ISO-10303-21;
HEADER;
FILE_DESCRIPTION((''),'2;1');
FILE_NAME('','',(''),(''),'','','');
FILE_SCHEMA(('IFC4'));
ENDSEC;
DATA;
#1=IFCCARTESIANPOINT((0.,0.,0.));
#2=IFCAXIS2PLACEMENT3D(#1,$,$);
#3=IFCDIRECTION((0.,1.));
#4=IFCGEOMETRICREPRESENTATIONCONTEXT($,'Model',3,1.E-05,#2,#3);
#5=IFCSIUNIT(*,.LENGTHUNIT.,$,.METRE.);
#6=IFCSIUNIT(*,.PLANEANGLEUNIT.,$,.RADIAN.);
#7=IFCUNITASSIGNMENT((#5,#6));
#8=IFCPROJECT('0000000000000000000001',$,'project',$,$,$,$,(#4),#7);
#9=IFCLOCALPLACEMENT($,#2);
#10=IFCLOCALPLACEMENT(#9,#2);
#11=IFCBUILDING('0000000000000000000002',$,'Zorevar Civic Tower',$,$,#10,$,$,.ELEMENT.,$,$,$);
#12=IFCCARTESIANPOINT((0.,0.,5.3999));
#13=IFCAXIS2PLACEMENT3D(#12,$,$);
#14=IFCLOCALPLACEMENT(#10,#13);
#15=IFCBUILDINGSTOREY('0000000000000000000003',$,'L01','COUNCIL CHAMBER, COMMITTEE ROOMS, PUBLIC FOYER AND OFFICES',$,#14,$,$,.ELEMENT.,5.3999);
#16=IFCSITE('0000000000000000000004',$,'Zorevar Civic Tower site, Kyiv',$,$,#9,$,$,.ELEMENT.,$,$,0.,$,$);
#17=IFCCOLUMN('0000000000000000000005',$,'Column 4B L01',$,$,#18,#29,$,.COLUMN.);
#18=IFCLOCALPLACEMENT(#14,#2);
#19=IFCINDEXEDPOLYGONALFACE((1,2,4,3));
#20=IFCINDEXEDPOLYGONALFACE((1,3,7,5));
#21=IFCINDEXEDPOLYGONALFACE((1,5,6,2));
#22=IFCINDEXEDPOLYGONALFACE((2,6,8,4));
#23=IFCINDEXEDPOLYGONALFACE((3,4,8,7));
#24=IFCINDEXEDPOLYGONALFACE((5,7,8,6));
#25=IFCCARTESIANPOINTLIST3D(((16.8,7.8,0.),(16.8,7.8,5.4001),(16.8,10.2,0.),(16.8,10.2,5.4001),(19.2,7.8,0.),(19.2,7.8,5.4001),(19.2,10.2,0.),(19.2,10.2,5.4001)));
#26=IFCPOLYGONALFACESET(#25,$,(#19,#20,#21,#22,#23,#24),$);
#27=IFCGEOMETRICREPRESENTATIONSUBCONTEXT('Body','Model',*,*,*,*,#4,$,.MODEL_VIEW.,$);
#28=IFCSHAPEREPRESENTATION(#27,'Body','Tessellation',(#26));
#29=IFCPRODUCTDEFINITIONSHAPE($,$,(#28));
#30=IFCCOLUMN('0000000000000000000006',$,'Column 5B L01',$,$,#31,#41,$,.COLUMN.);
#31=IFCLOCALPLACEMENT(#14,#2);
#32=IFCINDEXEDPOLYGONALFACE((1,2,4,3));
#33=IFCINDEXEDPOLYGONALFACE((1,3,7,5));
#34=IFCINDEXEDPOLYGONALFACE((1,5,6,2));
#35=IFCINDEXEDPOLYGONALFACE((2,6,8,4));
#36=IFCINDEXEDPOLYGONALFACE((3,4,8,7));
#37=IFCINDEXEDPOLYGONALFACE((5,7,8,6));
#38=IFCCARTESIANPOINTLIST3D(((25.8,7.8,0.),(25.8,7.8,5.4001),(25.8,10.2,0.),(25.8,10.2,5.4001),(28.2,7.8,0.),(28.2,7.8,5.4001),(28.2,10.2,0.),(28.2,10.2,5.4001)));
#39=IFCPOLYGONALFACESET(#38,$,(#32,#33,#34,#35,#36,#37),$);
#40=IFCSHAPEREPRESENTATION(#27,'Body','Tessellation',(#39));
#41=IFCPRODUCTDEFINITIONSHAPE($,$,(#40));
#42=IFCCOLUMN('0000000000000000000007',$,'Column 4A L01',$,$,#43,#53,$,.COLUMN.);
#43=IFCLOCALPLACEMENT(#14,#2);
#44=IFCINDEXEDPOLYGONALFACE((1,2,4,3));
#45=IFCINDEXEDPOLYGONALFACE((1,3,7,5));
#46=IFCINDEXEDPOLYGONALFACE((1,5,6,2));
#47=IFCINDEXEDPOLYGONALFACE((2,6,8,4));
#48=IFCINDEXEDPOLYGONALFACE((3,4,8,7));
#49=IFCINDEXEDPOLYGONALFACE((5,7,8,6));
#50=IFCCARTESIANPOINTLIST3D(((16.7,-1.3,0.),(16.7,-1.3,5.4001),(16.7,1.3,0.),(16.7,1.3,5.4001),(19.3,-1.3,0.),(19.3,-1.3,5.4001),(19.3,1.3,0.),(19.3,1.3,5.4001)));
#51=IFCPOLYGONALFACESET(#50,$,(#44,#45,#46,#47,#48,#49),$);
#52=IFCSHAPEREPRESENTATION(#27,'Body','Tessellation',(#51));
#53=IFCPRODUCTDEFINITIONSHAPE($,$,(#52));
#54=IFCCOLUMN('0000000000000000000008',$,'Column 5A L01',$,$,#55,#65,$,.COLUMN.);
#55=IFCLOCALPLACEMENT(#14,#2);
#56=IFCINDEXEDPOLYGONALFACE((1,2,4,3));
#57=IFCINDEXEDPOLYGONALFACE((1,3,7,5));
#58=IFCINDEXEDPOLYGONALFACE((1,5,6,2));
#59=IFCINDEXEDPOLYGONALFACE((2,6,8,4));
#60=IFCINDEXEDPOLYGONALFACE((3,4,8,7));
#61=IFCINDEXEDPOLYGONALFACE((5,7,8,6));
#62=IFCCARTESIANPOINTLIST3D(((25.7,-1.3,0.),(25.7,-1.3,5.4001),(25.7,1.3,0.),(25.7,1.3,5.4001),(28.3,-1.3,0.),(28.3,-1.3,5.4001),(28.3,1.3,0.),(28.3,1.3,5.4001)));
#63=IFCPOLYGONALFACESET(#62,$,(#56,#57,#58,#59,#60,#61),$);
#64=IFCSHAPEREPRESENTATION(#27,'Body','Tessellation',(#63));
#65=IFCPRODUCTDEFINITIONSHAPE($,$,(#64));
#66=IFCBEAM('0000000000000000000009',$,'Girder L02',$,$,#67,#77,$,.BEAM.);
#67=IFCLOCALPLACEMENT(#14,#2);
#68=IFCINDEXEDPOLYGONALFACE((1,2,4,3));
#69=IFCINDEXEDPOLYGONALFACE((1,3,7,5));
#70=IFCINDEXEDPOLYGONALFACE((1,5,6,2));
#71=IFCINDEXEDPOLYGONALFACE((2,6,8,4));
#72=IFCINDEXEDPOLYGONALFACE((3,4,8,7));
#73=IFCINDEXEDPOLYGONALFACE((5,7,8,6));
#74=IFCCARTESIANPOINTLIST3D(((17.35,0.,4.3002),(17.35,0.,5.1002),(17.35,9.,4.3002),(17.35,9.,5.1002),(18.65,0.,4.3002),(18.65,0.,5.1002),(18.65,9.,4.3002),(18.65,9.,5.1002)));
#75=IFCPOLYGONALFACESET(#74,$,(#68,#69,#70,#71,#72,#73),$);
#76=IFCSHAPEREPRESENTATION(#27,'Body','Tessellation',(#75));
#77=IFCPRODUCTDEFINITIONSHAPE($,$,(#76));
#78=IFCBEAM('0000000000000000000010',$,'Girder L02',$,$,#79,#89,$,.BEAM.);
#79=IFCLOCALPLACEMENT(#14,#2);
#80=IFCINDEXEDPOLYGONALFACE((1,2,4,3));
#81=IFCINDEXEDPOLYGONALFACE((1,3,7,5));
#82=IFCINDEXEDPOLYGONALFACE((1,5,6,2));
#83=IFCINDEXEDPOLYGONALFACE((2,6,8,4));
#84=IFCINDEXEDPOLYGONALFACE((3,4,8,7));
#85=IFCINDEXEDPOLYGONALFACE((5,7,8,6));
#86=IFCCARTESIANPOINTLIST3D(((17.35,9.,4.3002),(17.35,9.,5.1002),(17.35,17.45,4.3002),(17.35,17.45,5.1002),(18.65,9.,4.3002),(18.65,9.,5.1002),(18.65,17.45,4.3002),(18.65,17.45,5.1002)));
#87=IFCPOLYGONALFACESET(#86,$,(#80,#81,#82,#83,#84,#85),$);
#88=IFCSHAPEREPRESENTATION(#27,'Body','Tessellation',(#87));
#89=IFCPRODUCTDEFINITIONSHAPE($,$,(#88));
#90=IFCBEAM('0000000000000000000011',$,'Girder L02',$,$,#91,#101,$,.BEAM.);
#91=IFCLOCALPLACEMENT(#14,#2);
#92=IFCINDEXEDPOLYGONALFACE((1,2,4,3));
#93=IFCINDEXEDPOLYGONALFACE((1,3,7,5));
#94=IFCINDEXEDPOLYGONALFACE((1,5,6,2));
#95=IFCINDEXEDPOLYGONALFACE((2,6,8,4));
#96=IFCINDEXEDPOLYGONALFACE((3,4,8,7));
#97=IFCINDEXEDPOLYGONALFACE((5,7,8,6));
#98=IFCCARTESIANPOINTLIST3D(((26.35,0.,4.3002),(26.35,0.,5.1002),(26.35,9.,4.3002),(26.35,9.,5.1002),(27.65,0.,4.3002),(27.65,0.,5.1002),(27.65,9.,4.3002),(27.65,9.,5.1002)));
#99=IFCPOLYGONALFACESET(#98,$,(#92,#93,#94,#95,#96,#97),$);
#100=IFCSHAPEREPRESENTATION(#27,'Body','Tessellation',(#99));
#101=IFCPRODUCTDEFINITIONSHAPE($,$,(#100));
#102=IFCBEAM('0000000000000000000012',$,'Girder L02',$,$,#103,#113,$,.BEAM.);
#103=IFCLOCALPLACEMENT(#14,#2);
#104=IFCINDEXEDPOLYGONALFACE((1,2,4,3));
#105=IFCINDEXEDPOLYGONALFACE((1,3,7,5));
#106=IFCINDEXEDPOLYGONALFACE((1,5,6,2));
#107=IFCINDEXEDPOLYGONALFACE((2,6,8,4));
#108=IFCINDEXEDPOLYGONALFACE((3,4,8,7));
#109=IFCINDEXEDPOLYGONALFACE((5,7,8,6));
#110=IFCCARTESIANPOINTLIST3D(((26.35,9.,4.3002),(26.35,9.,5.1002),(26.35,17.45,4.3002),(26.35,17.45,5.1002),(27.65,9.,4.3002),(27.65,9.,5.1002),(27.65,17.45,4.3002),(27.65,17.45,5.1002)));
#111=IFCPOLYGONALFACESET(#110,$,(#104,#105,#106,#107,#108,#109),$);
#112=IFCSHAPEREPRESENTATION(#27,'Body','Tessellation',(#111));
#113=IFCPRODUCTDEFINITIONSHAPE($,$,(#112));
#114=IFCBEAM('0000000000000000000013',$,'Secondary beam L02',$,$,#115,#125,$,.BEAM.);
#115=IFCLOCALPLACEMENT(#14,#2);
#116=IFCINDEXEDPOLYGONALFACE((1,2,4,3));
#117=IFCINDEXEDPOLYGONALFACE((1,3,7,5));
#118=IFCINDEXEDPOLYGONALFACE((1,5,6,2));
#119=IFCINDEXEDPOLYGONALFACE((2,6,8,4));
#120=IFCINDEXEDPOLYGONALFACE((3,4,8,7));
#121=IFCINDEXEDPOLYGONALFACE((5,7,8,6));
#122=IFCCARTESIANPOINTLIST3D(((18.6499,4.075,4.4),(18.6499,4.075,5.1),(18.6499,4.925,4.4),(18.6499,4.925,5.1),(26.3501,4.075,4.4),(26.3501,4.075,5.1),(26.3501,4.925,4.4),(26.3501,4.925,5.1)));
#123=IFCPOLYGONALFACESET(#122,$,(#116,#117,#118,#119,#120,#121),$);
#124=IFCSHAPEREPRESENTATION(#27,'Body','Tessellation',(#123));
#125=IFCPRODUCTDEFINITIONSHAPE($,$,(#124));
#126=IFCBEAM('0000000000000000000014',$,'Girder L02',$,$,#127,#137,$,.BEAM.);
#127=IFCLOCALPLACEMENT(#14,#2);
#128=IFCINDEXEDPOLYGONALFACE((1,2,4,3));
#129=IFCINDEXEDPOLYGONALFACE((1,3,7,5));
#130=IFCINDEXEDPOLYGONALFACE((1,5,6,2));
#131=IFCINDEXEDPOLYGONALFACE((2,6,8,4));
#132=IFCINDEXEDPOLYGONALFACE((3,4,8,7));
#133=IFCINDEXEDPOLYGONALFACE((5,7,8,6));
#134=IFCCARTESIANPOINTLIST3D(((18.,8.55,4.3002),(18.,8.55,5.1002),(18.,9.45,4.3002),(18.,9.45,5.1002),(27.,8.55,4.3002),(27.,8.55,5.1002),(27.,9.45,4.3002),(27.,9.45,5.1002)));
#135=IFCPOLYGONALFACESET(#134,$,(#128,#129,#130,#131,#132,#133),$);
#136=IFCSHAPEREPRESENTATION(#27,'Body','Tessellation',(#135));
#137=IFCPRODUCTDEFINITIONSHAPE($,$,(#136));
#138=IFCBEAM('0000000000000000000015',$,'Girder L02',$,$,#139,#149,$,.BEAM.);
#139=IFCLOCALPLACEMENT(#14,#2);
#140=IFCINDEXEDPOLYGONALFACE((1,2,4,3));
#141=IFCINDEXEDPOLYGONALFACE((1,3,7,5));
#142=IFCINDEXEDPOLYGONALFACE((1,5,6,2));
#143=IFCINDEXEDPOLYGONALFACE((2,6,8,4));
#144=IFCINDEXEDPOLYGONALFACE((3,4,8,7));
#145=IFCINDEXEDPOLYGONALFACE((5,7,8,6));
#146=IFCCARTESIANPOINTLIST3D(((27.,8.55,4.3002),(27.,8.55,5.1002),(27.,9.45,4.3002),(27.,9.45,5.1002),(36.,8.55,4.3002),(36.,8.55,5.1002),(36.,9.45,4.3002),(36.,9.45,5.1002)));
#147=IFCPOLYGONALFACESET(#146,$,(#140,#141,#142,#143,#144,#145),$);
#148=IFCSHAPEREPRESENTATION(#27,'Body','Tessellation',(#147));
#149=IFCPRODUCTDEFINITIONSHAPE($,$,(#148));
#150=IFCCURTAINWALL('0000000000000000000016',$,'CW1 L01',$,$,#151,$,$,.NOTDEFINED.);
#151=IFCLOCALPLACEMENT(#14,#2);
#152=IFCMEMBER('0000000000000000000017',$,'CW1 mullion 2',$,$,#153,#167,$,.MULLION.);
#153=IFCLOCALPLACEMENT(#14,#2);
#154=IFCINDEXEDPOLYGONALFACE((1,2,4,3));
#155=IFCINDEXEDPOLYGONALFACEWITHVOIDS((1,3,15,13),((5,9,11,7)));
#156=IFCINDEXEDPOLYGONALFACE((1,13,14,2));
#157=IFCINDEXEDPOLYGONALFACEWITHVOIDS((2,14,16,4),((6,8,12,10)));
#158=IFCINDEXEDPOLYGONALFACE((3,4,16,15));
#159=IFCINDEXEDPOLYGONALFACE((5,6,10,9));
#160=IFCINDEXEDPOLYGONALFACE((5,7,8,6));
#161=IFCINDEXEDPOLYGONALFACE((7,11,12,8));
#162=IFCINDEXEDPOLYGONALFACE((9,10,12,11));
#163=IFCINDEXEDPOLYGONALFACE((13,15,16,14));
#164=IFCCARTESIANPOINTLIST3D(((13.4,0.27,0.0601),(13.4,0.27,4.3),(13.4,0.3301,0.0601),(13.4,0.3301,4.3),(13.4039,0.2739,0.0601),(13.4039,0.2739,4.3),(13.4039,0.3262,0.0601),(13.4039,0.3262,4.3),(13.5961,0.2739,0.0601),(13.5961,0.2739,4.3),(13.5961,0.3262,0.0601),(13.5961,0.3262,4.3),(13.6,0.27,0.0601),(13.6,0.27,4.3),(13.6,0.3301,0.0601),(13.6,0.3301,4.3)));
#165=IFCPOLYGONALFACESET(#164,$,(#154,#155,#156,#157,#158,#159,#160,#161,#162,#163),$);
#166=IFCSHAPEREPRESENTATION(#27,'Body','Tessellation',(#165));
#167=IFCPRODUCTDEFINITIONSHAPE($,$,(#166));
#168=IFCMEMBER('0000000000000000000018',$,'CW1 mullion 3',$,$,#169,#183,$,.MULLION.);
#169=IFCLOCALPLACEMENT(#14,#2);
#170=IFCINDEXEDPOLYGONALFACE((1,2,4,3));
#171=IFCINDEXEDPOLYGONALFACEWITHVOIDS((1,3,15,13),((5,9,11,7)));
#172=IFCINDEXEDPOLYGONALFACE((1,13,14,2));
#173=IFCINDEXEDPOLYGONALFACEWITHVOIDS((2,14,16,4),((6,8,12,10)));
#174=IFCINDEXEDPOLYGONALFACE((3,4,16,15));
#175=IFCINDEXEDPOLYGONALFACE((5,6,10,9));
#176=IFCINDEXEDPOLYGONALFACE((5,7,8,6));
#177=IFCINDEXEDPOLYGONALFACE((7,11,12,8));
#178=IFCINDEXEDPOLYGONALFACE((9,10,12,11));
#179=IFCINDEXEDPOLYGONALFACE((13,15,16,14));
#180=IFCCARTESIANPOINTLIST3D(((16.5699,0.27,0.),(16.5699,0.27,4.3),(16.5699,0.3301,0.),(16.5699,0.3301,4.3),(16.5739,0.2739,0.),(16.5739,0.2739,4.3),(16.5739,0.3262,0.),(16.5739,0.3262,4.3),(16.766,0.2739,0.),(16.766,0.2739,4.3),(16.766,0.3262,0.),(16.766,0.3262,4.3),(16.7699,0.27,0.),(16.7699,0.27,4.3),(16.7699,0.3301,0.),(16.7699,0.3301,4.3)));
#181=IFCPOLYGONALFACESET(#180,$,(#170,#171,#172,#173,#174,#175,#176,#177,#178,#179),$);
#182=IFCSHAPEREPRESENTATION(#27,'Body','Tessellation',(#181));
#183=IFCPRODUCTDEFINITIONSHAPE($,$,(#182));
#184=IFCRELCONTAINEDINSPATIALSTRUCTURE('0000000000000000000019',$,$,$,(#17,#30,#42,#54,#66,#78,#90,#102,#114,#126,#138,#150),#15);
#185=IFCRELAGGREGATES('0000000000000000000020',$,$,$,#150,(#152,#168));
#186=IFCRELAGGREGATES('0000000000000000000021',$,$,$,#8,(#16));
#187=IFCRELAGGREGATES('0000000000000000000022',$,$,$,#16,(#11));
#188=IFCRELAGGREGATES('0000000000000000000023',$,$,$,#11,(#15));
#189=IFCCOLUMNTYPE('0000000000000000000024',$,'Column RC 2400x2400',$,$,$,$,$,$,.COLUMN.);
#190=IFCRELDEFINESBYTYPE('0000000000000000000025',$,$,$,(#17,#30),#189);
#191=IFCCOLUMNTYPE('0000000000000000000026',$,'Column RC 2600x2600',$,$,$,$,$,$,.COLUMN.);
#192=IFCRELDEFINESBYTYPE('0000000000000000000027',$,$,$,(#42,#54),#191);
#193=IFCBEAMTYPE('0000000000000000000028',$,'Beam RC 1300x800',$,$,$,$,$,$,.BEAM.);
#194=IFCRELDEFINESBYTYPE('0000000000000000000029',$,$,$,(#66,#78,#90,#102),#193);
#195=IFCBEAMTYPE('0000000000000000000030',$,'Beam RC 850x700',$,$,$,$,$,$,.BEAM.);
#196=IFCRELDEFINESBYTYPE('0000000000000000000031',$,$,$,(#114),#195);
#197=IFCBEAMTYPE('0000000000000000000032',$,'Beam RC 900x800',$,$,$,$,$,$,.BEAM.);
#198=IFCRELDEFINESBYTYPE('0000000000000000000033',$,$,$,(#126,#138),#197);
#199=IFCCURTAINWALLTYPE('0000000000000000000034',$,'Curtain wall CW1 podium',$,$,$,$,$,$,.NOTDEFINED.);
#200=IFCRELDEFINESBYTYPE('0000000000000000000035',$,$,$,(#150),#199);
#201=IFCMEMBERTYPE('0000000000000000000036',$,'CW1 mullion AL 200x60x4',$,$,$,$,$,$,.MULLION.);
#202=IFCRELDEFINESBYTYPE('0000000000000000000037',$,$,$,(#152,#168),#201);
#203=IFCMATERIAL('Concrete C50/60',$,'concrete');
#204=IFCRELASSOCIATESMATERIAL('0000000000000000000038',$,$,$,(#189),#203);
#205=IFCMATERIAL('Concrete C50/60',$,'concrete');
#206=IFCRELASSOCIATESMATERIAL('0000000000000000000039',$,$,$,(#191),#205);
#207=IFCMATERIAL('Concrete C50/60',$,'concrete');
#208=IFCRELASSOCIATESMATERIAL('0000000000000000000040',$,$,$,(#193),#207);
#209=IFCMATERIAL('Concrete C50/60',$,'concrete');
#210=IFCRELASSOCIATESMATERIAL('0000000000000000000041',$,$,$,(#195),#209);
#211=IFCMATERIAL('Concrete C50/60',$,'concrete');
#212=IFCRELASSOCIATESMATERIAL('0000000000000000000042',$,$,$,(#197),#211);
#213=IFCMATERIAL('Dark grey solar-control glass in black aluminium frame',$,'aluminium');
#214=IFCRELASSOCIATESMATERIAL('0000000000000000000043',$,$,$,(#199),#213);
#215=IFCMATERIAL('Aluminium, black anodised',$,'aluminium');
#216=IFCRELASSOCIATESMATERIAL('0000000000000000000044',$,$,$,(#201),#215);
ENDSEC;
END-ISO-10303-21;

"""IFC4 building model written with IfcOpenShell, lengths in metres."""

from ifc_helpers import new_model, si_unit, direction, frame, origin, origin_2d, place, context, subcontext, project, spatial, rectangle, hollow_rectangle, extrude, material, material_profile, profile_set, type_object, element, aggregate, save


model = new_model("IFC4")

# Units and contexts
model_context = context("Model", 3, precision=1e-05, world=origin(), true_north=direction((0.0, 1.0)))
body_context = subcontext(model_context, "Body", "Model", "MODEL_VIEW")
ifc_project = project(units=[si_unit("LENGTHUNIT", "METRE"), si_unit("PLANEANGLEUNIT", "RADIAN")], contexts=[model_context])

# Site, building, storey
site_placement = place(None, origin())
site = spatial("IfcSite", under=ifc_project, at=site_placement, Name="Zorevar Civic Tower site, Kyiv", CompositionType="ELEMENT", RefElevation=0.0)
building_placement = place(site_placement, origin())
building = spatial("IfcBuilding", under=site, at=building_placement, Name="Zorevar Civic Tower", CompositionType="ELEMENT")
storey_placement = place(building_placement, frame((0.0, 0.0, 5.3999)))
storey = spatial("IfcBuildingStorey", under=building, at=storey_placement, Name="L01", Description="COUNCIL CHAMBER, COMMITTEE ROOMS, PUBLIC FOYER AND OFFICES", CompositionType="ELEMENT", Elevation=5.3999)

# Columns
ifc_material_1 = material(Name="Concrete C50/60", Category="concrete")
ifc_material_profile_1 = material_profile(ifc_material_1, rectangle(XDim=2.3999, YDim=2.3999, at=origin_2d()), Name="RC 2400x2400")
ifc_profile_set_1 = profile_set([ifc_material_profile_1], Name="Concrete C50/60")
column_type_1 = type_object("IfcColumnType", Name="Column RC 2400x2400", PredefinedType="COLUMN", material=ifc_profile_set_1)
for number, where, z_axis, x_axis, name in (
    (1, (18.0, 9.0, 0.0), (0.0, 0.0, 1.0), (1.0, 0.0, 0.0), "Column 4B L01"),
    (2, (27.0, 9.0, 0.0), (0.0, 0.0, 1.0), (1.0, 0.0, 0.0), "Column 5B L01"),
):
    element("IfcColumn", number, at=place(storey_placement, frame(where, z_axis=z_axis, x_axis=x_axis)), inside=storey, type_object=column_type_1, Name=name, PredefinedType="COLUMN", context=body_context, shape_type="SweptSolid", body=[
        extrude(rectangle(XDim=2.3999, YDim=2.3999, at=origin_2d()), origin(), (0.0, 0.0, 1.0), 5.4001),
    ])
ifc_material_2 = material(Name="Concrete C50/60", Category="concrete")
ifc_material_profile_2 = material_profile(ifc_material_2, rectangle(XDim=2.6001, YDim=2.6001, at=origin_2d()), Name="RC 2600x2600")
ifc_profile_set_2 = profile_set([ifc_material_profile_2], Name="Concrete C50/60")
column_type_2 = type_object("IfcColumnType", Name="Column RC 2600x2600", PredefinedType="COLUMN", material=ifc_profile_set_2)
for number, where, z_axis, x_axis, name in (
    (3, (18.0, 0.0, 0.0), (0.0, 0.0, 1.0), (1.0, 0.0, 0.0), "Column 4A L01"),
    (4, (27.0, 0.0, 0.0), (0.0, 0.0, 1.0), (1.0, 0.0, 0.0), "Column 5A L01"),
):
    element("IfcColumn", number, at=place(storey_placement, frame(where, z_axis=z_axis, x_axis=x_axis)), inside=storey, type_object=column_type_2, Name=name, PredefinedType="COLUMN", context=body_context, shape_type="SweptSolid", body=[
        extrude(rectangle(XDim=2.6001, YDim=2.6001, at=origin_2d()), origin(), (0.0, 0.0, 1.0), 5.4001),
    ])

# Beams
ifc_material_3 = material(Name="Concrete C50/60", Category="concrete")
ifc_material_profile_3 = material_profile(ifc_material_3, rectangle(XDim=1.3, YDim=0.8, at=origin_2d()), Name="RC 1300x800")
ifc_profile_set_3 = profile_set([ifc_material_profile_3], Name="Concrete C50/60")
beam_type_1 = type_object("IfcBeamType", Name="Beam RC 1300x800", PredefinedType="BEAM", material=ifc_profile_set_3)
beam_1_placement = place(storey_placement, frame((18.0, 0.0, 4.7002), z_axis=(0.0, 1.0, 0.0), x_axis=(-1.0, 0.0, 0.0)))
element("IfcBeam", 5, at=beam_1_placement, inside=storey, type_object=beam_type_1, Name="Girder L02", PredefinedType="BEAM", context=body_context, shape_type="SweptSolid", body=[
    extrude(rectangle(XDim=1.3, YDim=0.8, at=origin_2d()), origin(), (0.0, 0.0, 1.0), 9.0),
])
beam_2_placement = place(storey_placement, frame((18.0, 9.0, 4.7002), z_axis=(0.0, 1.0, 0.0), x_axis=(-1.0, 0.0, 0.0)))
element("IfcBeam", 6, at=beam_2_placement, inside=storey, type_object=beam_type_1, Name="Girder L02", PredefinedType="BEAM", context=body_context, shape_type="SweptSolid", body=[
    extrude(rectangle(XDim=1.3, YDim=0.8, at=origin_2d()), origin(), (0.0, 0.0, 1.0), 8.45),
])
beam_3_placement = place(storey_placement, frame((27.0, 0.0, 4.7002), z_axis=(0.0, 1.0, 0.0), x_axis=(-1.0, 0.0, 0.0)))
element("IfcBeam", 7, at=beam_3_placement, inside=storey, type_object=beam_type_1, Name="Girder L02", PredefinedType="BEAM", context=body_context, shape_type="SweptSolid", body=[
    extrude(rectangle(XDim=1.3, YDim=0.8, at=origin_2d()), origin(), (0.0, 0.0, 1.0), 9.0),
])
beam_4_placement = place(storey_placement, frame((27.0, 9.0, 4.7002), z_axis=(0.0, 1.0, 0.0), x_axis=(-1.0, 0.0, 0.0)))
element("IfcBeam", 8, at=beam_4_placement, inside=storey, type_object=beam_type_1, Name="Girder L02", PredefinedType="BEAM", context=body_context, shape_type="SweptSolid", body=[
    extrude(rectangle(XDim=1.3, YDim=0.8, at=origin_2d()), origin(), (0.0, 0.0, 1.0), 8.45),
])
ifc_material_4 = material(Name="Concrete C50/60", Category="concrete")
ifc_material_profile_4 = material_profile(ifc_material_4, rectangle(XDim=0.8501, YDim=0.7, at=origin_2d()), Name="RC 850x700")
ifc_profile_set_4 = profile_set([ifc_material_profile_4], Name="Concrete C50/60")
beam_type_2 = type_object("IfcBeamType", Name="Beam RC 850x700", PredefinedType="BEAM", material=ifc_profile_set_4)
beam_5_placement = place(storey_placement, frame((18.6499, 4.5, 4.75), z_axis=(1.0, 0.0, 0.0), x_axis=(0.0, 1.0, 0.0)))
element("IfcBeam", 9, at=beam_5_placement, inside=storey, type_object=beam_type_2, Name="Secondary beam L02", PredefinedType="BEAM", context=body_context, shape_type="SweptSolid", body=[
    extrude(rectangle(XDim=0.8501, YDim=0.7, at=origin_2d()), origin(), (0.0, 0.0, 1.0), 7.7002),
])
ifc_material_5 = material(Name="Concrete C50/60", Category="concrete")
ifc_material_profile_5 = material_profile(ifc_material_5, rectangle(XDim=0.8999, YDim=0.8, at=origin_2d()), Name="RC 900x800")
ifc_profile_set_5 = profile_set([ifc_material_profile_5], Name="Concrete C50/60")
beam_type_3 = type_object("IfcBeamType", Name="Beam RC 900x800", PredefinedType="BEAM", material=ifc_profile_set_5)
for number, where, z_axis, x_axis, name in (
    (10, (18.0, 9.0, 4.7002), (1.0, 0.0, 0.0), (0.0, 1.0, 0.0), "Girder L02"),
    (11, (27.0, 9.0, 4.7002), (1.0, 0.0, 0.0), (0.0, 1.0, 0.0), "Girder L02"),
):
    element("IfcBeam", number, at=place(storey_placement, frame(where, z_axis=z_axis, x_axis=x_axis)), inside=storey, type_object=beam_type_3, Name=name, PredefinedType="BEAM", context=body_context, shape_type="SweptSolid", body=[
        extrude(rectangle(XDim=0.8999, YDim=0.8, at=origin_2d()), origin(), (0.0, 0.0, 1.0), 9.0),
    ])

# Curtain wall, members
ifc_material_6 = material(Name="Dark grey solar-control glass in black aluminium frame", Category="aluminium")
curtain_wall_type = type_object("IfcCurtainWallType", Name="Curtain wall CW1 podium", PredefinedType="NOTDEFINED", material=ifc_material_6)
curtain_wall_1_placement = place(storey_placement, origin())
curtain_wall_1 = element("IfcCurtainWall", 12, at=curtain_wall_1_placement, inside=storey, type_object=curtain_wall_type, Name="CW1 L01", PredefinedType="NOTDEFINED")
ifc_material_7 = material(Name="Aluminium, black anodised", Category="aluminium")
ifc_material_profile_6 = material_profile(ifc_material_7, hollow_rectangle(XDim=0.0601, YDim=0.2, WallThickness=0.0039, at=origin_2d()), Name="AL 200x60x4")
ifc_profile_set_6 = profile_set([ifc_material_profile_6], Name="Aluminium, black anodised")
member_type_1 = type_object("IfcMemberType", Name="CW1 mullion AL 200x60x4", PredefinedType="MULLION", material=ifc_profile_set_6)
member_1_placement = place(storey_placement, frame((13.5, 0.3, 0.0601), z_axis=(0.0, 0.0, 1.0), x_axis=(0.0, 1.0, 0.0)))
member_1 = element("IfcMember", 13, at=member_1_placement, type_object=member_type_1, Name="CW1 mullion 2", PredefinedType="MULLION", context=body_context, shape_type="SweptSolid", body=[
    extrude(hollow_rectangle(XDim=0.0601, YDim=0.2, WallThickness=0.0039, at=origin_2d()), origin(), (0.0, 0.0, 1.0), 4.24),
])
member_2_placement = place(storey_placement, frame((16.6699, 0.3, 0.0), z_axis=(0.0, 0.0, 1.0), x_axis=(0.0, 1.0, 0.0)))
member_2 = element("IfcMember", 14, at=member_2_placement, type_object=member_type_1, Name="CW1 mullion 3", PredefinedType="MULLION", context=body_context, shape_type="SweptSolid", body=[
    extrude(hollow_rectangle(XDim=0.0601, YDim=0.2, WallThickness=0.0039, at=origin_2d()), origin(), (0.0, 0.0, 1.0), 4.3),
])

aggregate(curtain_wall_1, [member_1, member_2])

save(model, "model.ifc")
